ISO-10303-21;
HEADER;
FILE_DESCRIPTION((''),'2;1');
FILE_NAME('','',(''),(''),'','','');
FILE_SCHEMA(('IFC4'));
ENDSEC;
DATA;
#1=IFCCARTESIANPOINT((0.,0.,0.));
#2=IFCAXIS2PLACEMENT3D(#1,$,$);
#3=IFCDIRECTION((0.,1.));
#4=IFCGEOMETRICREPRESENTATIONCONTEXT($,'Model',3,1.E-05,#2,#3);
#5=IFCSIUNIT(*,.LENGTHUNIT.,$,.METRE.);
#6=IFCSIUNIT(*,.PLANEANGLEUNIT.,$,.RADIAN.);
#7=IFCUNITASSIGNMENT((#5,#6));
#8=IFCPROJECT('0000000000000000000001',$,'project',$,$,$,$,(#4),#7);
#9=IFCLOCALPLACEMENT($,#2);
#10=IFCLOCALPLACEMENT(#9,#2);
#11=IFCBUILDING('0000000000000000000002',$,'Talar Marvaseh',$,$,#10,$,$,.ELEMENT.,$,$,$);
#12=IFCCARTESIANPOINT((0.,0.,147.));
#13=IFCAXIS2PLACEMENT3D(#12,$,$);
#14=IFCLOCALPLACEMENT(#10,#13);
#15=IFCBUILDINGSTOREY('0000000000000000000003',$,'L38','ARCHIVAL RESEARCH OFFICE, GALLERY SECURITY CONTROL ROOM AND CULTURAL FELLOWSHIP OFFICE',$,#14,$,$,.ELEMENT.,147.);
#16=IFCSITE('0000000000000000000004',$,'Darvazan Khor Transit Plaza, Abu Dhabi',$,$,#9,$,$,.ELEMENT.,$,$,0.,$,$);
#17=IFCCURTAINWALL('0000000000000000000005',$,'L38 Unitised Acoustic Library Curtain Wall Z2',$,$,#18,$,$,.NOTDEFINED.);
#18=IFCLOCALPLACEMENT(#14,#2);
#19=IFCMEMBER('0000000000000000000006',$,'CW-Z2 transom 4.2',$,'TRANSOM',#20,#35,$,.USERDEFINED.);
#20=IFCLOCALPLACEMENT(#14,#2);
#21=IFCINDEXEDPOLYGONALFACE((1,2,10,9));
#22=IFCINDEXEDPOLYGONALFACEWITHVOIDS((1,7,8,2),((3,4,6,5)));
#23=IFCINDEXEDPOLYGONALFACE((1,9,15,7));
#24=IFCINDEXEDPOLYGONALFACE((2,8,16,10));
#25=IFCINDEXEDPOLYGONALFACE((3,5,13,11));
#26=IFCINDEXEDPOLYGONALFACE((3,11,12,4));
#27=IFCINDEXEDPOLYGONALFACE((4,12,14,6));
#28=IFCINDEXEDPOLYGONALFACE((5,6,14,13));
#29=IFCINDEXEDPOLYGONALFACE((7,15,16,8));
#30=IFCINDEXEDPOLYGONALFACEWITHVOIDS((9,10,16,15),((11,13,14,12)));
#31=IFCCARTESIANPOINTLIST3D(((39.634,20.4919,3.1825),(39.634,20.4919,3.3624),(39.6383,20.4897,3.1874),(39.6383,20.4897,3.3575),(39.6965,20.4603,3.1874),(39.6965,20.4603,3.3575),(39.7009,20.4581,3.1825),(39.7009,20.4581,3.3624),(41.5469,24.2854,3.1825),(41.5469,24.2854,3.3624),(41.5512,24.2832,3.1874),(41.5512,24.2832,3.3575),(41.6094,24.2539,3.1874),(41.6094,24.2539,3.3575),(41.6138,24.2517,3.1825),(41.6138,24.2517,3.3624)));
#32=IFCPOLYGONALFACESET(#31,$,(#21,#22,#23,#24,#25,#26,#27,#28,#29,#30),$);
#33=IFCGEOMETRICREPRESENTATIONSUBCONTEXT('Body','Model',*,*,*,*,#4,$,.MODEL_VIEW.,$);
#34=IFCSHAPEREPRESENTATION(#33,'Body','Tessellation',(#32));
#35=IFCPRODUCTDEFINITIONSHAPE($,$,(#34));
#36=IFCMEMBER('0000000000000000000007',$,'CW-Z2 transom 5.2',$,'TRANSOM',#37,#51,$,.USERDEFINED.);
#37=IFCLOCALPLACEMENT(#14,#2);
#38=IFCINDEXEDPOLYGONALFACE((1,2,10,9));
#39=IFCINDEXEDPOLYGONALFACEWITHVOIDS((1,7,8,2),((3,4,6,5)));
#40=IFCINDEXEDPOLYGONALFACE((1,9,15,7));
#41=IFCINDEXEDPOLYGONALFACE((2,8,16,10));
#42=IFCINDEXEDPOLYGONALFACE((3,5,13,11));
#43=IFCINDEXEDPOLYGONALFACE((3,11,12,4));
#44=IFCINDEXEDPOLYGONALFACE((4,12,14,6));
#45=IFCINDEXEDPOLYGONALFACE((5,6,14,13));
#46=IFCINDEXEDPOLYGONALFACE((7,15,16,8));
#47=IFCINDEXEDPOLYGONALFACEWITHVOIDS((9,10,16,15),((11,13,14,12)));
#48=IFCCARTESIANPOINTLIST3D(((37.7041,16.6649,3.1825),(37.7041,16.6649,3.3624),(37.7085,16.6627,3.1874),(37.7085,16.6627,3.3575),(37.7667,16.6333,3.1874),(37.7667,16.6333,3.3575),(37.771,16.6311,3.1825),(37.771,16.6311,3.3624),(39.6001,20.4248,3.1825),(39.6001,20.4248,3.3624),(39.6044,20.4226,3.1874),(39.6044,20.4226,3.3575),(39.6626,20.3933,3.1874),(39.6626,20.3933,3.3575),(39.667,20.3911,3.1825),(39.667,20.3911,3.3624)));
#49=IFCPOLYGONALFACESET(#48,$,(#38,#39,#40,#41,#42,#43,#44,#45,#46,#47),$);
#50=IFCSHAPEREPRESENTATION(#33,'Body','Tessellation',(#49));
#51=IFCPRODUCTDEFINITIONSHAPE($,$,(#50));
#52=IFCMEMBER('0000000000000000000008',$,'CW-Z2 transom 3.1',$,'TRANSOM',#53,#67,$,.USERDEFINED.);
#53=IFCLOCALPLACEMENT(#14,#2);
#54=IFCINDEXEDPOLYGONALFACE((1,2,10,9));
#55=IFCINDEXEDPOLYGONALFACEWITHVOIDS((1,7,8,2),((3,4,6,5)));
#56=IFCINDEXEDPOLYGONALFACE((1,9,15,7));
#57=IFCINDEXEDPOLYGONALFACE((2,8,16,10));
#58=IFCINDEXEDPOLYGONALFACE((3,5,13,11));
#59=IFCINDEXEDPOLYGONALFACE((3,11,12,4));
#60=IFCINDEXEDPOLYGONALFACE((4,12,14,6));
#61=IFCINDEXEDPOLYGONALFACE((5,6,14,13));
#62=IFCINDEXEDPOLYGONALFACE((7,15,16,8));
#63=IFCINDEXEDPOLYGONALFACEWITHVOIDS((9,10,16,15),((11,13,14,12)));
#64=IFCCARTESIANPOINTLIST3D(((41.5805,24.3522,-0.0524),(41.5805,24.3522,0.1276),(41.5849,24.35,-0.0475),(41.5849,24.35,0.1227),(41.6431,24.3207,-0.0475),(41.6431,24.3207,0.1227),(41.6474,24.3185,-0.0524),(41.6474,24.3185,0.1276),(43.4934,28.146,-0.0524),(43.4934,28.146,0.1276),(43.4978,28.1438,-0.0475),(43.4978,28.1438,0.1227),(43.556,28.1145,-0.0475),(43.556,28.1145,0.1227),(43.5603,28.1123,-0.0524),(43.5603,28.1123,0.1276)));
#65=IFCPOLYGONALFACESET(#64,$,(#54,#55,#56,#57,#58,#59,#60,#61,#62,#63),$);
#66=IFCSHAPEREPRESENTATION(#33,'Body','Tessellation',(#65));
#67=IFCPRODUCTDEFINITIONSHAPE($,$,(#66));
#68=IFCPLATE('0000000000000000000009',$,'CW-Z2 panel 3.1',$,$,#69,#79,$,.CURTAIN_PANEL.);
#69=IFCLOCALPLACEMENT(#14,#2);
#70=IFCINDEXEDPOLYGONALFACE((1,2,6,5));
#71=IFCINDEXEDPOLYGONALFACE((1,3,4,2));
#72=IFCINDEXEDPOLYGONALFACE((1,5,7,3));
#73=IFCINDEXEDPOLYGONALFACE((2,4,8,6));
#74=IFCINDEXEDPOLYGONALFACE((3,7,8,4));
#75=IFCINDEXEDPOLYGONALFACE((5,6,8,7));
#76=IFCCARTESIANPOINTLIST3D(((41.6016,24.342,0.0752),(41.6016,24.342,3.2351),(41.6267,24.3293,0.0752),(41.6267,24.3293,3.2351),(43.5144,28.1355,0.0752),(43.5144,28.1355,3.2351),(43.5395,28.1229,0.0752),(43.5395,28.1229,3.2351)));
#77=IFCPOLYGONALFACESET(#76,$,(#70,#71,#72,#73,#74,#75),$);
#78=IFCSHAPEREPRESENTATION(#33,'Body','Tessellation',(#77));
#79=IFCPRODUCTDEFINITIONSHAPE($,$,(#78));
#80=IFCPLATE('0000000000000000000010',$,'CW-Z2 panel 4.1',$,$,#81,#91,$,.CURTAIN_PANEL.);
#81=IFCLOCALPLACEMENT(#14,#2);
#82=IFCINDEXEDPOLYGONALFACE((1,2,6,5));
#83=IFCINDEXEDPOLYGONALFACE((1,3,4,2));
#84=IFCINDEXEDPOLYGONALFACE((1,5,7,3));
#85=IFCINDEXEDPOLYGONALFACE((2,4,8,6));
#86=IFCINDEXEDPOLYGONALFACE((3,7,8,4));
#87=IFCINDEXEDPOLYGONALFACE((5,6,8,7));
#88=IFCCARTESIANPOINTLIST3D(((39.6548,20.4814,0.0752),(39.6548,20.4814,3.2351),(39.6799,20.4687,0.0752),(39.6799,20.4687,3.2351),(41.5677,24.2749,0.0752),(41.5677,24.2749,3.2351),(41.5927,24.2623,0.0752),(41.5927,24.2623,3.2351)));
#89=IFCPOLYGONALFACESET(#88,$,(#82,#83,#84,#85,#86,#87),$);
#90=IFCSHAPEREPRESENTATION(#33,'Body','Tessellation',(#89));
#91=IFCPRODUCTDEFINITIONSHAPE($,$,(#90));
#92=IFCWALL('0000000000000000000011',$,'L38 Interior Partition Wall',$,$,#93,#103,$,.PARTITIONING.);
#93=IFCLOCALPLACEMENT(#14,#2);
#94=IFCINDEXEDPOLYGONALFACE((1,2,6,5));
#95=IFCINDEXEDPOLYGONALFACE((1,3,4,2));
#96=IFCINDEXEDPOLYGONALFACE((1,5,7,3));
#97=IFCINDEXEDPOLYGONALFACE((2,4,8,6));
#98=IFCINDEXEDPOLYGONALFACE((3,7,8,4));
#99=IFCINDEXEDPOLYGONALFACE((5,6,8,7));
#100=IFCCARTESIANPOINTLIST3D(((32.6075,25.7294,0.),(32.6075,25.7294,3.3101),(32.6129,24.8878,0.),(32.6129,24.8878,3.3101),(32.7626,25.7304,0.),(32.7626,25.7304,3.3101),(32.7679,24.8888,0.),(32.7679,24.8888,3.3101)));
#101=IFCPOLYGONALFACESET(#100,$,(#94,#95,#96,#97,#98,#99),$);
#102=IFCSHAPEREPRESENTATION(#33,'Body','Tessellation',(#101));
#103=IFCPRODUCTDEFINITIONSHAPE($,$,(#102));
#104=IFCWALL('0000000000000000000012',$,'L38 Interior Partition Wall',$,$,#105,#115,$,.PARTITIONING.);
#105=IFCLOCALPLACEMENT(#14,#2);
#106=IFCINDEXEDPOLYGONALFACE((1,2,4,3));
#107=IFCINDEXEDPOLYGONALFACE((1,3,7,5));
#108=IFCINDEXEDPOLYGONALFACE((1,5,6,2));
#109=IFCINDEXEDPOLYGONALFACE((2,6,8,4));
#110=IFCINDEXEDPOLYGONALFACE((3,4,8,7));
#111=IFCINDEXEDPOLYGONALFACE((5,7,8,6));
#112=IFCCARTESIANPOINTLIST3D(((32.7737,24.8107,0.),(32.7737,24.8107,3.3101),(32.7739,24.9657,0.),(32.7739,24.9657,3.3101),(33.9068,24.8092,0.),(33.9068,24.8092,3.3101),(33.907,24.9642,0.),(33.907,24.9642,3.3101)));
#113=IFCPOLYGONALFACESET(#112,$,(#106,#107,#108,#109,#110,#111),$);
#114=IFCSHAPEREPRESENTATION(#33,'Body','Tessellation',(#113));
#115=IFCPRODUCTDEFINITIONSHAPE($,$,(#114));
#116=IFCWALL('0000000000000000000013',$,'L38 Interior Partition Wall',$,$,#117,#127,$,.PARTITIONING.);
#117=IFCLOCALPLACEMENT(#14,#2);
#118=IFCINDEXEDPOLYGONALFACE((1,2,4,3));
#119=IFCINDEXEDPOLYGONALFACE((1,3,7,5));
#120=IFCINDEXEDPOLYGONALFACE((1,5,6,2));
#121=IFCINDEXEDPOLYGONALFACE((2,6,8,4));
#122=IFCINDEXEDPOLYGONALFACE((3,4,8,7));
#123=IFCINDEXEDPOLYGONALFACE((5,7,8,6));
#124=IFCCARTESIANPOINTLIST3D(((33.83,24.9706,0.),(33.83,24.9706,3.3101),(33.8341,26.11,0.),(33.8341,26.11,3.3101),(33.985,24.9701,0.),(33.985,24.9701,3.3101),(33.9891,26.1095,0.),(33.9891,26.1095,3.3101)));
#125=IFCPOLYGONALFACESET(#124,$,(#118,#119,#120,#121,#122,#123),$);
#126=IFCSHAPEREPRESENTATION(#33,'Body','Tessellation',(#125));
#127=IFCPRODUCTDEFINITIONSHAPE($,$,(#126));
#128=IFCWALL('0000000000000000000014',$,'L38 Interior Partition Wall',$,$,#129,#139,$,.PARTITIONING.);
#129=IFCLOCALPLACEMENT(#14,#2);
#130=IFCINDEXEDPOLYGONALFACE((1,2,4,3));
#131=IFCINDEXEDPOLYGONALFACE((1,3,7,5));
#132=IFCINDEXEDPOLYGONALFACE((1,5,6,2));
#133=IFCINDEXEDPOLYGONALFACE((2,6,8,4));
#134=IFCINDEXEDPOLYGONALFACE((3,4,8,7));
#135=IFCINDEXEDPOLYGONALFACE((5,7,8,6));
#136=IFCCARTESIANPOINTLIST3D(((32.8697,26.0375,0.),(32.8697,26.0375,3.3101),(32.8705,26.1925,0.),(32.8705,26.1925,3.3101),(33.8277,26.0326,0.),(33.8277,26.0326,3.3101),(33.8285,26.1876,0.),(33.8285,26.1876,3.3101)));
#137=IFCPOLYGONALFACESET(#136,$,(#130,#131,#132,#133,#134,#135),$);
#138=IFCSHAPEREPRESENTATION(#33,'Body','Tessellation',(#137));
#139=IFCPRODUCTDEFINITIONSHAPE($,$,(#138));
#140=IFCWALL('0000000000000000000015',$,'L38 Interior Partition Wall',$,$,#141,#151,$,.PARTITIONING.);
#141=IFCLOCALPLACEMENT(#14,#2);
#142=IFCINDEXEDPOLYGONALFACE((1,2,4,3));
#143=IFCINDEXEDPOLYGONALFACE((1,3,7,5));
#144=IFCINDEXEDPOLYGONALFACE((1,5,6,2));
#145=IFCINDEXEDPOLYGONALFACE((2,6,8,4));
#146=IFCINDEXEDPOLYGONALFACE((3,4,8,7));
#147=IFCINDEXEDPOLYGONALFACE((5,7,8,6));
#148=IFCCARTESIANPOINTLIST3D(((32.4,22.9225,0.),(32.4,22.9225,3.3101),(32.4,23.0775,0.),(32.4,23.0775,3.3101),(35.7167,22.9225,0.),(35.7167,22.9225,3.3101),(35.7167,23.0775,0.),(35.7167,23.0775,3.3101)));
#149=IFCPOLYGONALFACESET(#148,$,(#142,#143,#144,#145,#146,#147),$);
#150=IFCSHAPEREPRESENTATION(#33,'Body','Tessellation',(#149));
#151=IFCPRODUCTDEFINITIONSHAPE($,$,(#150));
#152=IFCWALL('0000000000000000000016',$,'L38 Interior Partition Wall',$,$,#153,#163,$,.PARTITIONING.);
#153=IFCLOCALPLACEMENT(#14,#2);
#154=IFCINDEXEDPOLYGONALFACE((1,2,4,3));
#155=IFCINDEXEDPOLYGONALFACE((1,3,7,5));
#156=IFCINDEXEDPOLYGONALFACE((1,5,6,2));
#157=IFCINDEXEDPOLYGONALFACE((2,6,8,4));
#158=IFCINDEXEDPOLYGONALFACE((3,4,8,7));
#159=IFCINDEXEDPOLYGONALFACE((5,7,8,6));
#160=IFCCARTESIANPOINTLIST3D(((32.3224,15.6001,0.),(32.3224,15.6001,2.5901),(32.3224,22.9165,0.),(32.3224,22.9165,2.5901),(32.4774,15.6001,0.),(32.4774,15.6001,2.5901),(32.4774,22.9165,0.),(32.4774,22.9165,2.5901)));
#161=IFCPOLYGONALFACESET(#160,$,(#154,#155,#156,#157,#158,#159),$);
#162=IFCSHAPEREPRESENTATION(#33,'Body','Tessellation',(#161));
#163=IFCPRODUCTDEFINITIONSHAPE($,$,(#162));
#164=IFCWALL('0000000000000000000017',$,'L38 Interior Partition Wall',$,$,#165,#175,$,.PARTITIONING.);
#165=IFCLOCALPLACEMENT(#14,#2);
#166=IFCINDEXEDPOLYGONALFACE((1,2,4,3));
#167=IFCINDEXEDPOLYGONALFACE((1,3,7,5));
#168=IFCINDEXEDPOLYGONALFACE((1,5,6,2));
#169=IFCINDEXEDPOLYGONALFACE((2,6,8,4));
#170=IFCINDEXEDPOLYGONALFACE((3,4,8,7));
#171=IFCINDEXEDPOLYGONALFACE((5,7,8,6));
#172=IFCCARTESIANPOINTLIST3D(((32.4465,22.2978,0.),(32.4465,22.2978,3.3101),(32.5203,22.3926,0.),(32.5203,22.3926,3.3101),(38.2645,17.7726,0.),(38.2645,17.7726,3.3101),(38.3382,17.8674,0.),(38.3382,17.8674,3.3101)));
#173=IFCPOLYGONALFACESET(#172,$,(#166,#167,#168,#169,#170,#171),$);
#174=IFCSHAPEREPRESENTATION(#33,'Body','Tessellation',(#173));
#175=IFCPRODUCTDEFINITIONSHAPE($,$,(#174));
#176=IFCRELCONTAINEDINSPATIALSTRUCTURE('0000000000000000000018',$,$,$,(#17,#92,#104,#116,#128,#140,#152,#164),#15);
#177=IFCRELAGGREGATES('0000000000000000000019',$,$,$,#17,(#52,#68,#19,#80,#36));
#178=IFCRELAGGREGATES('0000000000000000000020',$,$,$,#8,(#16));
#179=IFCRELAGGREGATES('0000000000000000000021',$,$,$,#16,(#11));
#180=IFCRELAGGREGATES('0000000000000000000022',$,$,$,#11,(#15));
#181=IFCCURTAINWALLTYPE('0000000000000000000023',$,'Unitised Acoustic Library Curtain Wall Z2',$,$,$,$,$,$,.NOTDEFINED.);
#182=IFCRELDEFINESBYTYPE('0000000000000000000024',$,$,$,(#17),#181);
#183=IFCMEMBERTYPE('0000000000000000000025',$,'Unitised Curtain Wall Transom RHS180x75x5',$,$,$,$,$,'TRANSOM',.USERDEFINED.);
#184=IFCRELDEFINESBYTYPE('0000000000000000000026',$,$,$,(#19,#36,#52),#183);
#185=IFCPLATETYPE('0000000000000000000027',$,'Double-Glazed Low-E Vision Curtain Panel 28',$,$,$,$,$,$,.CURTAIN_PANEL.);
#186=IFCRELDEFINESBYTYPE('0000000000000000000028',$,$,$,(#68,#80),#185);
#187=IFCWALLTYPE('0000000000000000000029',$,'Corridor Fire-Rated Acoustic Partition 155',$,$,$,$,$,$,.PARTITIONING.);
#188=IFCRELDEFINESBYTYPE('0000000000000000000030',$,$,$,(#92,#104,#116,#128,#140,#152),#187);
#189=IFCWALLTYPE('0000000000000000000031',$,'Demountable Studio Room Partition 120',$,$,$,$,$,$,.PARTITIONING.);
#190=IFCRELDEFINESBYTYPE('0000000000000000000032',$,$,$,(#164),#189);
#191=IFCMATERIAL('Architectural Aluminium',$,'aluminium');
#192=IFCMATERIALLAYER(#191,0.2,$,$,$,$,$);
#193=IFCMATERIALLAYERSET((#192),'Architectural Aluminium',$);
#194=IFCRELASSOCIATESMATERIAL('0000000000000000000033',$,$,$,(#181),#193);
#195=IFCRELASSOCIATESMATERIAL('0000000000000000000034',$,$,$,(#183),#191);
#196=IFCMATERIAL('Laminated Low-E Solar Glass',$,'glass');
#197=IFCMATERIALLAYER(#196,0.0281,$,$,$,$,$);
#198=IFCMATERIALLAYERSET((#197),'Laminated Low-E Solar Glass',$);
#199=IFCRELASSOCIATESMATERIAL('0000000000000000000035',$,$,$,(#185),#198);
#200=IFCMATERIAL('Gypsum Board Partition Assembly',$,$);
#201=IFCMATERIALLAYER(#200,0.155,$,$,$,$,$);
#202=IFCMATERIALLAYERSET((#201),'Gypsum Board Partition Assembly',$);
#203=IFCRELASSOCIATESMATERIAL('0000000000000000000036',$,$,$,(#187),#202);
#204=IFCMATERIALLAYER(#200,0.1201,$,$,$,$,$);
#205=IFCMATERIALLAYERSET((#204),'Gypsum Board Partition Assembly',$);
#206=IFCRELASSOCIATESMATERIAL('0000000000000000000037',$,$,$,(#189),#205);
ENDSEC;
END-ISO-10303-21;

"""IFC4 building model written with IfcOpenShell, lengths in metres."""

from ifc_helpers import new_model, si_unit, direction, frame, frame_2d, origin, origin_2d, place, context, subcontext, project, spatial, rectangle, hollow_rectangle, extrude, source, transform, mapped, material, layer, layer_set, material_profile, profile_set, type_object, type_shapes, element, aggregate, save


model = new_model("IFC4")

# Units and contexts
model_context = context("Model", 3, precision=1e-05, world=origin(), true_north=direction((0.0, 1.0)))
body_context = subcontext(model_context, "Body", "Model", "MODEL_VIEW")
ifc_project = project(units=[si_unit("LENGTHUNIT", "METRE"), si_unit("PLANEANGLEUNIT", "RADIAN")], contexts=[model_context])

# Site, building, storey
site_placement = place(None, origin())
site = spatial("IfcSite", under=ifc_project, at=site_placement, Name="Darvazan Khor Transit Plaza, Abu Dhabi", CompositionType="ELEMENT", RefElevation=0.0)
building_placement = place(site_placement, origin())
building = spatial("IfcBuilding", under=site, at=building_placement, Name="Talar Marvaseh", CompositionType="ELEMENT")
storey_placement = place(building_placement, frame((0.0, 0.0, 147.0)))
storey = spatial("IfcBuildingStorey", under=building, at=storey_placement, Name="L38", Description="ARCHIVAL RESEARCH OFFICE, GALLERY SECURITY CONTROL ROOM AND CULTURAL FELLOWSHIP OFFICE", CompositionType="ELEMENT", Elevation=147.0)

# Curtain wall, members, plates
ifc_material_1 = material(Name="Architectural Aluminium", Category="aluminium")
ifc_layer_1 = layer(ifc_material_1, 0.2)
ifc_layer_set_1 = layer_set([ifc_layer_1], Name="Architectural Aluminium")
curtain_wall_type = type_object("IfcCurtainWallType", Name="Unitised Acoustic Library Curtain Wall Z2", PredefinedType="NOTDEFINED", material=ifc_layer_set_1)
curtain_wall_placement = place(storey_placement, origin())
curtain_wall = element("IfcCurtainWall", 1, at=curtain_wall_placement, inside=storey, type_object=curtain_wall_type, Name="L38 Unitised Acoustic Library Curtain Wall Z2", PredefinedType="NOTDEFINED")
ifc_material_profile_1 = material_profile(ifc_material_1, hollow_rectangle(XDim=0.075, YDim=0.1799, WallThickness=0.0049, at=origin_2d()), Name="RHS180x75x5")
ifc_profile_set_1 = profile_set([ifc_material_profile_1], Name="Architectural Aluminium")
member_type_1 = type_object("IfcMemberType", Name="Unitised Curtain Wall Transom RHS180x75x5", ElementType="TRANSOM", PredefinedType="USERDEFINED", material=ifc_profile_set_1)
shared_shape_1 = source(origin(), body_context, "Body", "SweptSolid", [
    extrude(hollow_rectangle(XDim=0.075, YDim=0.1799, WallThickness=0.0049, at=origin_2d()), origin(), (0.0, 0.0, 1.0), 4.2485),
])
member_1_placement = place(storey_placement, frame((41.5803, 24.2686, 3.2725), z_axis=(-0.450245, -0.892905, 0.0), x_axis=(0.892905, -0.450245, 0.0)))
member_1 = element("IfcMember", 2, at=member_1_placement, type_object=member_type_1, Name="CW-Z2 transom 4.2", ObjectType="TRANSOM", PredefinedType="USERDEFINED", context=body_context, shape_type="MappedRepresentation", body=[
    mapped(shared_shape_1, transform((0.0, 0.0, 0.0), x_axis=(1.0, 0.0, 0.0), y_axis=(0.0, 1.0, 0.0), z_axis=(0.0, 0.0, 1.0), scale=1.0)),
])
shared_shape_2 = source(origin(), body_context, "Body", "SweptSolid", [
    extrude(hollow_rectangle(XDim=0.075, YDim=0.1799, WallThickness=0.0049, at=origin_2d()), origin(), (0.0, 0.0, 1.0), 4.2109),
])
member_2_placement = place(storey_placement, frame((39.6335, 20.408, 3.2725), z_axis=(-0.450249, -0.892903, 0.0), x_axis=(0.892903, -0.450249, 0.0)))
member_2 = element("IfcMember", 3, at=member_2_placement, type_object=member_type_1, Name="CW-Z2 transom 5.2", ObjectType="TRANSOM", PredefinedType="USERDEFINED", context=body_context, shape_type="MappedRepresentation", body=[
    mapped(shared_shape_2, transform((0.0, 0.0, 0.0), x_axis=(1.0, 0.0, 0.0), y_axis=(0.0, 1.0, 0.0), z_axis=(0.0, 0.0, 1.0), scale=1.0)),
])
shared_shape_3 = source(origin(), body_context, "Body", "SweptSolid", [
    extrude(hollow_rectangle(XDim=0.075, YDim=0.1799, WallThickness=0.0049, at=origin_2d()), origin(), (0.0, 0.0, 1.0), 4.2488),
])
type_shapes(member_type_1, [shared_shape_1, shared_shape_2, shared_shape_3])
member_3_placement = place(storey_placement, frame((43.5269, 28.1292, 0.0376), z_axis=(-0.450222, -0.892917, 0.0), x_axis=(0.892917, -0.450222, 0.0)))
member_3 = element("IfcMember", 4, at=member_3_placement, type_object=member_type_1, Name="CW-Z2 transom 3.1", ObjectType="TRANSOM", PredefinedType="USERDEFINED", context=body_context, shape_type="MappedRepresentation", body=[
    mapped(shared_shape_3, transform((0.0, 0.0, 0.0), x_axis=(1.0, 0.0, 0.0), y_axis=(0.0, 1.0, 0.0), z_axis=(0.0, 0.0, 1.0), scale=1.0)),
])
ifc_material_2 = material(Name="Laminated Low-E Solar Glass", Category="glass")
ifc_layer_2 = layer(ifc_material_2, 0.0281)
ifc_layer_set_2 = layer_set([ifc_layer_2], Name="Laminated Low-E Solar Glass")
plate_type = type_object("IfcPlateType", Name="Double-Glazed Low-E Vision Curtain Panel 28", PredefinedType="CURTAIN_PANEL", material=ifc_layer_set_2)
shared_shape_4 = source(origin(), body_context, "Body", "SweptSolid", [
    extrude(rectangle(XDim=4.2485, YDim=0.0281, at=origin_2d()), origin(), (0.0, 0.0, 1.0), 3.1599),
])
type_shapes(plate_type, [shared_shape_4])
plate_1_placement = place(storey_placement, frame((42.5706, 26.2324, 0.0752), z_axis=(0.0, 0.0, 1.0), x_axis=(-0.450236, -0.892909, 0.0)))
plate_1 = element("IfcPlate", 5, at=plate_1_placement, type_object=plate_type, Name="CW-Z2 panel 3.1", PredefinedType="CURTAIN_PANEL", context=body_context, shape_type="MappedRepresentation", body=[
    mapped(shared_shape_4, transform((0.0, 0.0, 0.0), x_axis=(1.0, 0.0, 0.0), y_axis=(0.0, 1.0, 0.0), z_axis=(0.0, 0.0, 1.0), scale=1.0)),
])
plate_2_placement = place(storey_placement, frame((40.6238, 22.3718, 0.0752), z_axis=(0.0, 0.0, 1.0), x_axis=(-0.450236, -0.892909, 0.0)))
plate_2 = element("IfcPlate", 6, at=plate_2_placement, type_object=plate_type, Name="CW-Z2 panel 4.1", PredefinedType="CURTAIN_PANEL", context=body_context, shape_type="MappedRepresentation", body=[
    mapped(shared_shape_4, transform((0.0, 0.0, 0.0), x_axis=(1.0, 0.0, 0.0), y_axis=(0.0, 1.0, 0.0), z_axis=(0.0, 0.0, 1.0), scale=1.0)),
])
aggregate(curtain_wall, [member_3, plate_1, member_1, plate_2, member_2])

# Walls
ifc_material_3 = material(Name="Gypsum Board Partition Assembly")
ifc_layer_3 = layer(ifc_material_3, 0.155)
ifc_layer_set_3 = layer_set([ifc_layer_3], Name="Gypsum Board Partition Assembly")
wall_type_1 = type_object("IfcWallType", Name="Corridor Fire-Rated Acoustic Partition 155", PredefinedType="PARTITIONING", material=ifc_layer_set_3)
wall_1_placement = place(storey_placement, frame((32.6851, 25.73, 0.0), z_axis=(0.0, 0.0, 1.0), x_axis=(0.006382, -0.99998, 0.0)))
element("IfcWall", 7, at=wall_1_placement, inside=storey, type_object=wall_type_1, Name="L38 Interior Partition Wall", PredefinedType="PARTITIONING", context=body_context, shape_type="SweptSolid", body=[
    extrude(rectangle(XDim=0.8416, YDim=0.155, at=frame_2d((0.4209, 0.0))), origin(), (0.0, 0.0, 1.0), 3.3101),
])
wall_2_placement = place(storey_placement, frame((32.7739, 24.8882, 0.0), z_axis=(0.0, 0.0, 1.0), x_axis=(0.999999, -0.001293, 0.0)))
element("IfcWall", 8, at=wall_2_placement, inside=storey, type_object=wall_type_1, Name="L38 Interior Partition Wall", PredefinedType="PARTITIONING", context=body_context, shape_type="SweptSolid", body=[
    extrude(rectangle(XDim=1.1331, YDim=0.155, at=frame_2d((0.5664, 0.0))), origin(), (0.0, 0.0, 1.0), 3.3101),
])
wall_3_placement = place(storey_placement, frame((33.9075, 24.9702, 0.0), z_axis=(0.0, 0.0, 1.0), x_axis=(0.003643, 0.999993, 0.0)))
element("IfcWall", 9, at=wall_3_placement, inside=storey, type_object=wall_type_1, Name="L38 Interior Partition Wall", PredefinedType="PARTITIONING", context=body_context, shape_type="SweptSolid", body=[
    extrude(rectangle(XDim=1.1394, YDim=0.155, at=frame_2d((0.5698, 0.0))), origin(), (0.0, 0.0, 1.0), 3.3101),
])
wall_4_placement = place(storey_placement, frame((33.8281, 26.1101, 0.0), z_axis=(0.0, 0.0, 1.0), x_axis=(-0.999987, 0.005097, 0.0)))
element("IfcWall", 10, at=wall_4_placement, inside=storey, type_object=wall_type_1, Name="L38 Interior Partition Wall", PredefinedType="PARTITIONING", context=body_context, shape_type="SweptSolid", body=[
    extrude(rectangle(XDim=0.958, YDim=0.155, at=frame_2d((0.479, 0.0))), origin(), (0.0, 0.0, 1.0), 3.3101),
])
wall_5_placement = place(storey_placement, frame((35.7166, 23.0, 0.0), z_axis=(0.0, 0.0, 1.0), x_axis=(-1.0, 0.0, 0.0)))
element("IfcWall", 11, at=wall_5_placement, inside=storey, type_object=wall_type_1, Name="L38 Interior Partition Wall", PredefinedType="PARTITIONING", context=body_context, shape_type="SweptSolid", body=[
    extrude(rectangle(XDim=3.3167, YDim=0.155, at=frame_2d((1.6582, 0.0))), origin(), (0.0, 0.0, 1.0), 3.3101),
])
wall_6_placement = place(storey_placement, frame((32.3999, 22.9165, 0.0), z_axis=(0.0, 0.0, 1.0), x_axis=(0.0, -1.0, 0.0)))
element("IfcWall", 12, at=wall_6_placement, inside=storey, type_object=wall_type_1, Name="L38 Interior Partition Wall", PredefinedType="PARTITIONING", context=body_context, shape_type="SweptSolid", body=[
    extrude(rectangle(XDim=7.3164, YDim=0.155, at=frame_2d((3.6582, 0.0))), origin(), (0.0, 0.0, 1.0), 2.5901),
])
ifc_layer_4 = layer(ifc_material_3, 0.1201)
ifc_layer_set_4 = layer_set([ifc_layer_4], Name="Gypsum Board Partition Assembly")
wall_type_2 = type_object("IfcWallType", Name="Demountable Studio Room Partition 120", PredefinedType="PARTITIONING", material=ifc_layer_set_4)
wall_7_placement = place(storey_placement, frame((32.4834, 22.3452, 0.0), z_axis=(0.0, 0.0, 1.0), x_axis=(0.789343, -0.613952, 0.0)))
element("IfcWall", 13, at=wall_7_placement, inside=storey, type_object=wall_type_2, Name="L38 Interior Partition Wall", PredefinedType="PARTITIONING", context=body_context, shape_type="SweptSolid", body=[
    extrude(rectangle(XDim=7.3706, YDim=0.1201, at=frame_2d((3.6853, 0.0))), origin(), (0.0, 0.0, 1.0), 3.3101),
])

save(model, "model.ifc")
